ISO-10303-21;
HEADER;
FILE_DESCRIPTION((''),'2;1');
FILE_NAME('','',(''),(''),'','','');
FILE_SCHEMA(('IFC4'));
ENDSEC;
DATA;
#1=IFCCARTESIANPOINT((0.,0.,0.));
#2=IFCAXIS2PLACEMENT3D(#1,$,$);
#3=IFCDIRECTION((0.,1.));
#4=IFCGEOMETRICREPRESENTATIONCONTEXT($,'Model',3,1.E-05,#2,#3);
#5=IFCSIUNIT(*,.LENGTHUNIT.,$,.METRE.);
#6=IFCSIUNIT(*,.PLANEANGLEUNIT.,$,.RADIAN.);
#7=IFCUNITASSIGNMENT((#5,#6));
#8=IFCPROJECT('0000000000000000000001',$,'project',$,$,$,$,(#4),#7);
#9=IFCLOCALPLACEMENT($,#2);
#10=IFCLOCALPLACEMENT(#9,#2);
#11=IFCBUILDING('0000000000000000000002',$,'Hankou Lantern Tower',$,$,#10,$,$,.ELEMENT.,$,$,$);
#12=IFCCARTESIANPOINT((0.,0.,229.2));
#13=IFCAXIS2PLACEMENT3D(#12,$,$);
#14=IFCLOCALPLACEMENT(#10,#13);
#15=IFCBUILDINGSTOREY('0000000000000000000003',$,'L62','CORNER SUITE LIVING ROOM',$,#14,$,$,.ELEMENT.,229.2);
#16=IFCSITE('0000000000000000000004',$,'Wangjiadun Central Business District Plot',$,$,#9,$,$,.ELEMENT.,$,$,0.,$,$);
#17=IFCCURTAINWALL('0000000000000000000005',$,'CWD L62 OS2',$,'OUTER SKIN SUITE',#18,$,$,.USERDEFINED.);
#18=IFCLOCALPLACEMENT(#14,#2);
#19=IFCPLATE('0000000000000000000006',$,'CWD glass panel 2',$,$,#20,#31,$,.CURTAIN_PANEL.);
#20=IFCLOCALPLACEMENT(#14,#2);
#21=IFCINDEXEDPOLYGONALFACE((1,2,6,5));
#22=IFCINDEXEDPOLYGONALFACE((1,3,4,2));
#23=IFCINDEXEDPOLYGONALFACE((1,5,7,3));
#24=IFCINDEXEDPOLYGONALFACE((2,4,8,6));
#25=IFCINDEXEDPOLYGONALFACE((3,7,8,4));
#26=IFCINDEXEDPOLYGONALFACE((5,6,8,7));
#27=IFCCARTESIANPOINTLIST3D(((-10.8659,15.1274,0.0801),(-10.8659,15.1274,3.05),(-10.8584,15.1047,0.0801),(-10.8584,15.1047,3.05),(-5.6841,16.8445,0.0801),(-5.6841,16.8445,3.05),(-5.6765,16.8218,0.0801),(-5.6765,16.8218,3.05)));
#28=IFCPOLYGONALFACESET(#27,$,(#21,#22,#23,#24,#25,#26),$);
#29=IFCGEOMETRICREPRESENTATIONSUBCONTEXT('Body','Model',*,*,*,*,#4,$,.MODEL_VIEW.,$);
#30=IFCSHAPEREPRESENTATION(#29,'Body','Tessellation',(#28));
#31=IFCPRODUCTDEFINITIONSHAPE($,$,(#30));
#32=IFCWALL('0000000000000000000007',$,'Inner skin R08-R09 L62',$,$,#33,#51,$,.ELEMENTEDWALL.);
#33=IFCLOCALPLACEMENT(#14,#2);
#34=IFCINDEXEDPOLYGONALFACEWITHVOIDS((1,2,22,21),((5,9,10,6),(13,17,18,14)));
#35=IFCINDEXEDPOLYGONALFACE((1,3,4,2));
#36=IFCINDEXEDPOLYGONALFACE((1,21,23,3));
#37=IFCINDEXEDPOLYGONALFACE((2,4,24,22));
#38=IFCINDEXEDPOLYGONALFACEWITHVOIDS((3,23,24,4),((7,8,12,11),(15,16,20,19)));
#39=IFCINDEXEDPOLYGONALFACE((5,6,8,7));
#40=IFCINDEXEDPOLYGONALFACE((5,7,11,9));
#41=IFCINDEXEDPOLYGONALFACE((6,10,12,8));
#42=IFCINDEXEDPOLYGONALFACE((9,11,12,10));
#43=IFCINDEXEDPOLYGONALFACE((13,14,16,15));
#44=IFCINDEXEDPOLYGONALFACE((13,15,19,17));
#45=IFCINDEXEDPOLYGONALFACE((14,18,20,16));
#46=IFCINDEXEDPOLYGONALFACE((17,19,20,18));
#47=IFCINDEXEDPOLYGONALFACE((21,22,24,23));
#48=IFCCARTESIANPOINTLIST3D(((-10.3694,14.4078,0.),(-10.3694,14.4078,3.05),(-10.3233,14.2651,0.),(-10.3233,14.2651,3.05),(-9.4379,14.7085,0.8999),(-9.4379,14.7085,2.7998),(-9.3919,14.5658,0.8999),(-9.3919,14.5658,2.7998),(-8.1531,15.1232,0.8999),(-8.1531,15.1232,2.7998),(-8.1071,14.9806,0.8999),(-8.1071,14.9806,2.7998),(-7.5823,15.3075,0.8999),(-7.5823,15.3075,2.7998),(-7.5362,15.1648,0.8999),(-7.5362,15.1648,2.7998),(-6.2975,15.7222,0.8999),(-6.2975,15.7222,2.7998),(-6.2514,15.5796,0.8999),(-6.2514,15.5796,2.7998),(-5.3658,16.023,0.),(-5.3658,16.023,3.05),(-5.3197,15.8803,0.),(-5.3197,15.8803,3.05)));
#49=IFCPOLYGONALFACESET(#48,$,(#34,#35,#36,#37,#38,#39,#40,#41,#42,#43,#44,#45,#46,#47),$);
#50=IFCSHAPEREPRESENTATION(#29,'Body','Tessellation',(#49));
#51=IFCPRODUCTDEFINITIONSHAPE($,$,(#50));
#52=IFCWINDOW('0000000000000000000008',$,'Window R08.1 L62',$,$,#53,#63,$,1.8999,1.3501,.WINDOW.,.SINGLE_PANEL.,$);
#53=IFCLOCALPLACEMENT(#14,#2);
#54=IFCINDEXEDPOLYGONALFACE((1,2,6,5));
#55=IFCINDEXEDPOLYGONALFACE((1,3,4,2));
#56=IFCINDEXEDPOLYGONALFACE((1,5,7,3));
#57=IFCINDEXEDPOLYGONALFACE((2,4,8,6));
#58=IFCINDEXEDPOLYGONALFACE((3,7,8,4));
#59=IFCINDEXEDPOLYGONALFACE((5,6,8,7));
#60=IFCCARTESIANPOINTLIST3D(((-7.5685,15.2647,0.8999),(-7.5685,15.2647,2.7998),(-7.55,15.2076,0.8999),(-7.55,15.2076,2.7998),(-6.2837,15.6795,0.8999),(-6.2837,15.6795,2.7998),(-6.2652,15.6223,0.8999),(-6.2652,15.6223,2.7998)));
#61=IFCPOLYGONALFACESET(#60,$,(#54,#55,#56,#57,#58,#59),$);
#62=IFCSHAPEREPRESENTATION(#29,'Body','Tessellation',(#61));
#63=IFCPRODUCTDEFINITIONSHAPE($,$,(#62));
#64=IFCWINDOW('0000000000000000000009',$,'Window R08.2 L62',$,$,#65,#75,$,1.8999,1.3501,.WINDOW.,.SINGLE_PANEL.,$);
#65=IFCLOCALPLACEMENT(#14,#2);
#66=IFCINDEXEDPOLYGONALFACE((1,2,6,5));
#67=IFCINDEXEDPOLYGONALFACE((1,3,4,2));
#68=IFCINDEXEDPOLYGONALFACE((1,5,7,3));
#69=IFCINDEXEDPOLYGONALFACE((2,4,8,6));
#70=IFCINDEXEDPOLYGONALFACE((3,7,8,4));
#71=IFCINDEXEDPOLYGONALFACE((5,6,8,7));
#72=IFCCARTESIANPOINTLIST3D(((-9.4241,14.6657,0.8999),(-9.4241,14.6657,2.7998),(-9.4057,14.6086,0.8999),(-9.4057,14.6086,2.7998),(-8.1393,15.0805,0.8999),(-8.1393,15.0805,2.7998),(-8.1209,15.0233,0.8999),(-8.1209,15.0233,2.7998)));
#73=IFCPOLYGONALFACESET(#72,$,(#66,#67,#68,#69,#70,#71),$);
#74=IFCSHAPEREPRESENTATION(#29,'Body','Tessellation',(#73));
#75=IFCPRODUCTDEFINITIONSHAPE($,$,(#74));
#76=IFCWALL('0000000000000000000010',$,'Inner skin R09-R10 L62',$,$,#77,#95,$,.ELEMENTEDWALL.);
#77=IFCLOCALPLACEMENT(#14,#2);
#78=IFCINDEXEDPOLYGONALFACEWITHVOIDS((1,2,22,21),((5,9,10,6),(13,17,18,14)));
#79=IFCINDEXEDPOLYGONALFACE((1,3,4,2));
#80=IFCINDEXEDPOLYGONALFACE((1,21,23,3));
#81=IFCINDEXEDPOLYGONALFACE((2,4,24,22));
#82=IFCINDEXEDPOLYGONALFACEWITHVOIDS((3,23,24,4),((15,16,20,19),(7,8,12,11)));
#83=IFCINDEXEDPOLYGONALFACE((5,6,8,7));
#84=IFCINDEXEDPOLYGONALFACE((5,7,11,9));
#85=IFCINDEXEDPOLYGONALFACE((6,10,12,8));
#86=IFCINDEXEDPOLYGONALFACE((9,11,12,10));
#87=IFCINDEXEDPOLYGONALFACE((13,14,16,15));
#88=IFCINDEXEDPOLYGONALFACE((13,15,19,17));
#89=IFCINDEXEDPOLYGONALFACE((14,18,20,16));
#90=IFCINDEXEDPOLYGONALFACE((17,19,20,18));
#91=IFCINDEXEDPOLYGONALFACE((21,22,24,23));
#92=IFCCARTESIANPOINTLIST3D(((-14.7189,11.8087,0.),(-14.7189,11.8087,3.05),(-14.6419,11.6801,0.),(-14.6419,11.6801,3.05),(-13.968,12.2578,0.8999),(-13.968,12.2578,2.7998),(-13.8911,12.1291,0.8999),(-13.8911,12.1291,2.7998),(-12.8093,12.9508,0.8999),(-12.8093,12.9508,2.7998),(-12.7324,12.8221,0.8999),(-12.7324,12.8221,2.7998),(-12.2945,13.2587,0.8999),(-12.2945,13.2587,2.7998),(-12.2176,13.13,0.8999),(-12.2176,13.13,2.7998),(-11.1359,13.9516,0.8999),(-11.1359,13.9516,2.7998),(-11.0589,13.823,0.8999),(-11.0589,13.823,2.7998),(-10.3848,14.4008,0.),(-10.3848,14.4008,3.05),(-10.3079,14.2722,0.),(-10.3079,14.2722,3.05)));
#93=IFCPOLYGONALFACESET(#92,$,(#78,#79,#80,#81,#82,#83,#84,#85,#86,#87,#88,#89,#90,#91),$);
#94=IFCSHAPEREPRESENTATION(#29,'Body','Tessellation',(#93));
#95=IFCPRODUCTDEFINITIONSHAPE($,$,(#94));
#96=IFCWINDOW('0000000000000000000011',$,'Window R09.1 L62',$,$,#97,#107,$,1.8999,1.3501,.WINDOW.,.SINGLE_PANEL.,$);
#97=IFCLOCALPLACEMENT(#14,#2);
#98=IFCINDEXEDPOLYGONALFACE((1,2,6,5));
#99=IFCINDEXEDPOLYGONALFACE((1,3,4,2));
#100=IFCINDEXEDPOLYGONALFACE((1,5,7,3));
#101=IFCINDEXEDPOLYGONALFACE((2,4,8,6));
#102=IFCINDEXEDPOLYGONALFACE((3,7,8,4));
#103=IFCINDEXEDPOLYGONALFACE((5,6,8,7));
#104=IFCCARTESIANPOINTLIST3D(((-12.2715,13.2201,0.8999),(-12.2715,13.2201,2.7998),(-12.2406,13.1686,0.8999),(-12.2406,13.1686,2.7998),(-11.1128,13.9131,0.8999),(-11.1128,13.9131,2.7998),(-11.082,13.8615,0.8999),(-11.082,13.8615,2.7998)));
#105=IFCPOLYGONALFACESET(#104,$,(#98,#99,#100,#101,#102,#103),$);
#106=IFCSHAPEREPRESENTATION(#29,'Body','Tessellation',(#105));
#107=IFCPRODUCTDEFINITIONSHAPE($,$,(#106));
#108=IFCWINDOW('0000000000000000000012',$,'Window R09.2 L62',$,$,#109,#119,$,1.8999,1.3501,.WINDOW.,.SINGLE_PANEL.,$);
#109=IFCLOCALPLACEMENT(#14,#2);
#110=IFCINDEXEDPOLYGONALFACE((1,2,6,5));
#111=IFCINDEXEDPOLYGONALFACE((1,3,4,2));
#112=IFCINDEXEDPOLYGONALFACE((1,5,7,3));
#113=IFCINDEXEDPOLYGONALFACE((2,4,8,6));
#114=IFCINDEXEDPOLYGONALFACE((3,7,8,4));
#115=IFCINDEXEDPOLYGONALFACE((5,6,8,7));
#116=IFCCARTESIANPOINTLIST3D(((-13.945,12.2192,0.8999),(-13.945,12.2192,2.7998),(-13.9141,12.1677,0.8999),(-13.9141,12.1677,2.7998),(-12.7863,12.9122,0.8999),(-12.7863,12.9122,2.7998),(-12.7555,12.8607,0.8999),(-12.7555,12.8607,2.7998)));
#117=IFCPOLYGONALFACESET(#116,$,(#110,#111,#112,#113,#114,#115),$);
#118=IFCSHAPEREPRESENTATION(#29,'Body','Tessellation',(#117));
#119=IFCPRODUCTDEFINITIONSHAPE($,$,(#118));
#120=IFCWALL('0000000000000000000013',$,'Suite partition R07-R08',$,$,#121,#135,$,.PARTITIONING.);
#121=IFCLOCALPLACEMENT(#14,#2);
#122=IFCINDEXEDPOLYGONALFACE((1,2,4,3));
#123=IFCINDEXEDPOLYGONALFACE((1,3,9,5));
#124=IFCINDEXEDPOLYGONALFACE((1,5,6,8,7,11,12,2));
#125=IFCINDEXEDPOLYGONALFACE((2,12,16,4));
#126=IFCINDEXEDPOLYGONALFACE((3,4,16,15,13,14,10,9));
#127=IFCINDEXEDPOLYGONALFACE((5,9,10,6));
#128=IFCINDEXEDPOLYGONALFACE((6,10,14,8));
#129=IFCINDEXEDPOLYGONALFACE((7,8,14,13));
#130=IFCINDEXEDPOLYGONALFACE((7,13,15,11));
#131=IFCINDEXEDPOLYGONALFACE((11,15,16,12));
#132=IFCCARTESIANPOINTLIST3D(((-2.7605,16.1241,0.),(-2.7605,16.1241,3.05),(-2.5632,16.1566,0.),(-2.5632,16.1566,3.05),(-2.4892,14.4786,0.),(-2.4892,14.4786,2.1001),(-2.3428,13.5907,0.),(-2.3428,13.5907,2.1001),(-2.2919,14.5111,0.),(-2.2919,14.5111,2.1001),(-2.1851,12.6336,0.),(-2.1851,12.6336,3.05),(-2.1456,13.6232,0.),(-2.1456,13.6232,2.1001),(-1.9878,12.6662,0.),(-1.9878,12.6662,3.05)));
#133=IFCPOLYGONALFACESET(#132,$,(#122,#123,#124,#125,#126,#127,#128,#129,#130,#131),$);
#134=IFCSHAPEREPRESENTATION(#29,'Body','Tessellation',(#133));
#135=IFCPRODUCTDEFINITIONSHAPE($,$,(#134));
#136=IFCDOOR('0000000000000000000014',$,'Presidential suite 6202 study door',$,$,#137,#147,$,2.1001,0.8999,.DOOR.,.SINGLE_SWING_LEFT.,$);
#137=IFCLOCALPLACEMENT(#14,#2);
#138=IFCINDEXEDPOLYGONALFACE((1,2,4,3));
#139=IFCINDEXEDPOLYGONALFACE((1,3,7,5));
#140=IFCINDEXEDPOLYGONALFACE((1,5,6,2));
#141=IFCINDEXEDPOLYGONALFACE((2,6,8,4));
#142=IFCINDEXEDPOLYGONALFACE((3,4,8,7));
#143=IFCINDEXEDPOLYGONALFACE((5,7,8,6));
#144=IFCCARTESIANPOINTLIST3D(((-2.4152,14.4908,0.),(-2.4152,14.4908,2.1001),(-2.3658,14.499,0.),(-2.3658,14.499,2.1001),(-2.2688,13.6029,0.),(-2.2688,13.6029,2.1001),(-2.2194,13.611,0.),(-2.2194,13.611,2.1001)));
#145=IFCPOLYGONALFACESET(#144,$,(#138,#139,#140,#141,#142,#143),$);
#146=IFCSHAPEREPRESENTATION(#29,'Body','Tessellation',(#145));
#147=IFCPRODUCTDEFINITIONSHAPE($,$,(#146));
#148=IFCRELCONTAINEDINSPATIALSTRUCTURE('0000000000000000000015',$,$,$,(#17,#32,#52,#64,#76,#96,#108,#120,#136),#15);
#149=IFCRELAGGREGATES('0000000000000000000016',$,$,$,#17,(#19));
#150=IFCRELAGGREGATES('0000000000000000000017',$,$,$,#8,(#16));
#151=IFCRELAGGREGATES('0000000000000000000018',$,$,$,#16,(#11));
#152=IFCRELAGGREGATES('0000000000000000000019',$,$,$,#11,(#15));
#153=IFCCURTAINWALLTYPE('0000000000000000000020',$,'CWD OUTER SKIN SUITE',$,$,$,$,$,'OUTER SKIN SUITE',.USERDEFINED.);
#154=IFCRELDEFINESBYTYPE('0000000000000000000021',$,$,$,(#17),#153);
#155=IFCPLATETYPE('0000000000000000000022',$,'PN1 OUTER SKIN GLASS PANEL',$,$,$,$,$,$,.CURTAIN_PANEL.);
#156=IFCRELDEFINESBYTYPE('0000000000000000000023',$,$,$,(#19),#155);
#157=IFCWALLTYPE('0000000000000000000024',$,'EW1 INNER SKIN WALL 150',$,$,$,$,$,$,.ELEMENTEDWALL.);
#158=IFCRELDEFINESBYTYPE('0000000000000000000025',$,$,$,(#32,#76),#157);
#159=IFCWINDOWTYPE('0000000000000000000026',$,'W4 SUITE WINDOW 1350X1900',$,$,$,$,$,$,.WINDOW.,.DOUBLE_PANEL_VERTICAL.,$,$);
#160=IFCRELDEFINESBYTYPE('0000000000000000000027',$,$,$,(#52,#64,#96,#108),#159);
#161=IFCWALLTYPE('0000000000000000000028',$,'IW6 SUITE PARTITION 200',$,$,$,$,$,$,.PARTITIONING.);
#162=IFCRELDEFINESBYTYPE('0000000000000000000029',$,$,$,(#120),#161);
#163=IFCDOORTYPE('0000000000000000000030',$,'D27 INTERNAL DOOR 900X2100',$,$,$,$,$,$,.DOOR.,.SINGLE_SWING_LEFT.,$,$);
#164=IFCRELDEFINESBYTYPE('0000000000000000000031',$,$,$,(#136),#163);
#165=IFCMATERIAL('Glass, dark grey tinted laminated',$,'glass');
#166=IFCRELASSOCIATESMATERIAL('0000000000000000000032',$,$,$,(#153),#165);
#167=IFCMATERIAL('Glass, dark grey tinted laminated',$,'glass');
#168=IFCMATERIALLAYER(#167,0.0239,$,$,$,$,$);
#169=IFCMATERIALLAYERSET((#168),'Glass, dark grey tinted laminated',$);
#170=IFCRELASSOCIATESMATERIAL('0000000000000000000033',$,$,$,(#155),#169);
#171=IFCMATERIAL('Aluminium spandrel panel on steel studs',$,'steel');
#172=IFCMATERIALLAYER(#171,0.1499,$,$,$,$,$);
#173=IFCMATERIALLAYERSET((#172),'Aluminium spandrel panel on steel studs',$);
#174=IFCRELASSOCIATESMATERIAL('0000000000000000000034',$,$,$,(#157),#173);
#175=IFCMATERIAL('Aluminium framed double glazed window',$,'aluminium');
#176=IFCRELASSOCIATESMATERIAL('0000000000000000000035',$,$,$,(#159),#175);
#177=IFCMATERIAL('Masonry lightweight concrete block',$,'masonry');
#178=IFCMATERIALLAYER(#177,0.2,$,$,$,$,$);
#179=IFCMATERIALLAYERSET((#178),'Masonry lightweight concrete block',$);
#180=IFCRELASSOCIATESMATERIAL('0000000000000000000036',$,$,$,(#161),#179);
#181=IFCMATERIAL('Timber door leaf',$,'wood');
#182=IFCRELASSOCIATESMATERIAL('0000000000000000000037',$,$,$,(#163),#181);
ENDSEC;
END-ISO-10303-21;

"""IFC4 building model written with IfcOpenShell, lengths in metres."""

from ifc_helpers import new_model, si_unit, direction, frame, frame_2d, origin, origin_2d, place, context, subcontext, project, spatial, rectangle, extrude, material, layer, layer_set, type_object, element, fill, aggregate, save


model = new_model("IFC4")

# Units and contexts
model_context = context("Model", 3, precision=1e-05, world=origin(), true_north=direction((0.0, 1.0)))
body_context = subcontext(model_context, "Body", "Model", "MODEL_VIEW")
ifc_project = project(units=[si_unit("LENGTHUNIT", "METRE"), si_unit("PLANEANGLEUNIT", "RADIAN")], contexts=[model_context])

# Site, building, storey
site_placement = place(None, origin())
site = spatial("IfcSite", under=ifc_project, at=site_placement, Name="Wangjiadun Central Business District Plot", CompositionType="ELEMENT", RefElevation=0.0)
building_placement = place(site_placement, origin())
building = spatial("IfcBuilding", under=site, at=building_placement, Name="Hankou Lantern Tower", CompositionType="ELEMENT")
storey_placement = place(building_placement, frame((0.0, 0.0, 229.2)))
storey = spatial("IfcBuildingStorey", under=building, at=storey_placement, Name="L62", Description="CORNER SUITE LIVING ROOM", CompositionType="ELEMENT", Elevation=229.2)

# Curtain wall
ifc_material_1 = material(Name="Glass, dark grey tinted laminated", Category="glass")
curtain_wall_type = type_object("IfcCurtainWallType", Name="CWD OUTER SKIN SUITE", ElementType="OUTER SKIN SUITE", PredefinedType="USERDEFINED", material=ifc_material_1)
curtain_wall_placement = place(storey_placement, origin())
curtain_wall = element("IfcCurtainWall", 1, at=curtain_wall_placement, inside=storey, type_object=curtain_wall_type, Name="CWD L62 OS2", ObjectType="OUTER SKIN SUITE", PredefinedType="USERDEFINED")

# Plate
ifc_material_2 = material(Name="Glass, dark grey tinted laminated", Category="glass")
ifc_layer_1 = layer(ifc_material_2, 0.0239)
ifc_layer_set_1 = layer_set([ifc_layer_1], Name="Glass, dark grey tinted laminated")
plate_type = type_object("IfcPlateType", Name="PN1 OUTER SKIN GLASS PANEL", PredefinedType="CURTAIN_PANEL", material=ifc_layer_set_1)
plate_1_placement = place(storey_placement, frame((-8.2712, 15.9746, 0.0801), z_axis=(0.0, 0.0, 1.0), x_axis=(-0.949241, -0.314551, 0.0)))
plate_1 = element("IfcPlate", 2, at=plate_1_placement, type_object=plate_type, Name="CWD glass panel 2", PredefinedType="CURTAIN_PANEL", context=body_context, shape_type="SweptSolid", body=[
    extrude(rectangle(XDim=5.459, YDim=0.0239, at=origin_2d()), origin(), (0.0, 0.0, 1.0), 2.97),
])
aggregate(curtain_wall, [plate_1])

# Walls, openings, windows
ifc_material_3 = material(Name="Aluminium spandrel panel on steel studs", Category="steel")
ifc_layer_2 = layer(ifc_material_3, 0.1499)
ifc_layer_set_2 = layer_set([ifc_layer_2], Name="Aluminium spandrel panel on steel studs")
wall_type_1 = type_object("IfcWallType", Name="EW1 INNER SKIN WALL 150", PredefinedType="ELEMENTEDWALL", material=ifc_layer_set_2)
wall_1_placement = place(storey_placement, frame((-5.3428, 15.9517, 0.0), z_axis=(0.0, 0.0, 1.0), x_axis=(-0.951645, -0.307201, 0.0)))
wall_1 = element("IfcWall", 3, at=wall_1_placement, inside=storey, type_object=wall_type_1, Name="Inner skin R08-R09 L62", PredefinedType="ELEMENTEDWALL", context=body_context, shape_type="SweptSolid", body=[
    extrude(rectangle(XDim=5.2578, YDim=0.1499, at=frame_2d((2.6289, 0.0))), origin(), (0.0, 0.0, 1.0), 3.05),
])
opening_1_placement = place(wall_1_placement, frame((0.979, 0.0, 0.8999)))
opening_1 = element("IfcOpeningElement", 4, at=opening_1_placement, cuts=wall_1, PredefinedType="OPENING", context=body_context, shape_type="SweptSolid", body=[
    extrude(rectangle(XDim=1.3501, YDim=1.8999, at=frame_2d((0.675, 0.95))), frame((0.0, 0.085, 0.0), z_axis=(0.0, -1.0, 0.0), x_axis=(1.0, 0.0, 0.0)), (0.0, 0.0, 1.0), 0.1699),
])
opening_2_placement = place(wall_1_placement, frame((2.929, 0.0, 0.8999)))
opening_2 = element("IfcOpeningElement", 5, at=opening_2_placement, cuts=wall_1, PredefinedType="OPENING", context=body_context, shape_type="SweptSolid", body=[
    extrude(rectangle(XDim=1.3501, YDim=1.8999, at=frame_2d((0.675, 0.95))), frame((0.0, 0.085, 0.0), z_axis=(0.0, -1.0, 0.0), x_axis=(1.0, 0.0, 0.0)), (0.0, 0.0, 1.0), 0.1699),
])
ifc_material_4 = material(Name="Aluminium framed double glazed window", Category="aluminium")
window_type = type_object("IfcWindowType", Name="W4 SUITE WINDOW 1350X1900", PartitioningType="DOUBLE_PANEL_VERTICAL", PredefinedType="WINDOW", material=ifc_material_4)
window_1_placement = place(opening_1_placement, origin())
window_1 = element("IfcWindow", 6, at=window_1_placement, inside=storey, type_object=window_type, Name="Window R08.1 L62", OverallHeight=1.8999, OverallWidth=1.3501, PartitioningType="SINGLE_PANEL", PredefinedType="WINDOW", context=body_context, shape_type="SweptSolid", body=[
    extrude(rectangle(XDim=1.3501, YDim=1.8999, at=frame_2d((0.675, 0.95))), frame((0.0, 0.03, 0.0), z_axis=(0.0, -1.0, 0.0), x_axis=(1.0, 0.0, 0.0)), (0.0, 0.0, 1.0), 0.0601),
])
fill(opening_1, window_1)
window_2_placement = place(opening_2_placement, origin())
window_2 = element("IfcWindow", 7, at=window_2_placement, inside=storey, type_object=window_type, Name="Window R08.2 L62", OverallHeight=1.8999, OverallWidth=1.3501, PartitioningType="SINGLE_PANEL", PredefinedType="WINDOW", context=body_context, shape_type="SweptSolid", body=[
    extrude(rectangle(XDim=1.3501, YDim=1.8999, at=frame_2d((0.675, 0.95))), frame((0.0, 0.03, 0.0), z_axis=(0.0, -1.0, 0.0), x_axis=(1.0, 0.0, 0.0)), (0.0, 0.0, 1.0), 0.0601),
])
fill(opening_2, window_2)
wall_2_placement = place(storey_placement, frame((-10.3464, 14.3364, 0.0), z_axis=(0.0, 0.0, 1.0), x_axis=(-0.858222, -0.51328, 0.0)))
wall_2 = element("IfcWall", 8, at=wall_2_placement, inside=storey, type_object=wall_type_1, Name="Inner skin R09-R10 L62", PredefinedType="ELEMENTEDWALL", context=body_context, shape_type="SweptSolid", body=[
    extrude(rectangle(XDim=5.05, YDim=0.1499, at=frame_2d((2.5249, 0.0))), origin(), (0.0, 0.0, 1.0), 3.05),
])
opening_3_placement = place(wall_2_placement, frame((0.875, 0.0, 0.8999)))
opening_3 = element("IfcOpeningElement", 9, at=opening_3_placement, cuts=wall_2, PredefinedType="OPENING", context=body_context, shape_type="SweptSolid", body=[
    extrude(rectangle(XDim=1.3501, YDim=1.8999, at=frame_2d((0.675, 0.95))), frame((0.0, 0.085, 0.0), z_axis=(0.0, -1.0, 0.0), x_axis=(1.0, 0.0, 0.0)), (0.0, 0.0, 1.0), 0.1699),
])
opening_4_placement = place(wall_2_placement, frame((2.825, 0.0, 0.8999)))
opening_4 = element("IfcOpeningElement", 10, at=opening_4_placement, cuts=wall_2, PredefinedType="OPENING", context=body_context, shape_type="SweptSolid", body=[
    extrude(rectangle(XDim=1.3501, YDim=1.8999, at=frame_2d((0.675, 0.95))), frame((0.0, 0.085, 0.0), z_axis=(0.0, -1.0, 0.0), x_axis=(1.0, 0.0, 0.0)), (0.0, 0.0, 1.0), 0.1699),
])
window_3_placement = place(opening_3_placement, origin())
window_3 = element("IfcWindow", 11, at=window_3_placement, inside=storey, type_object=window_type, Name="Window R09.1 L62", OverallHeight=1.8999, OverallWidth=1.3501, PartitioningType="SINGLE_PANEL", PredefinedType="WINDOW", context=body_context, shape_type="SweptSolid", body=[
    extrude(rectangle(XDim=1.3501, YDim=1.8999, at=frame_2d((0.675, 0.95))), frame((0.0, 0.03, 0.0), z_axis=(0.0, -1.0, 0.0), x_axis=(1.0, 0.0, 0.0)), (0.0, 0.0, 1.0), 0.0601),
])
fill(opening_3, window_3)
window_4_placement = place(opening_4_placement, origin())
window_4 = element("IfcWindow", 12, at=window_4_placement, inside=storey, type_object=window_type, Name="Window R09.2 L62", OverallHeight=1.8999, OverallWidth=1.3501, PartitioningType="SINGLE_PANEL", PredefinedType="WINDOW", context=body_context, shape_type="SweptSolid", body=[
    extrude(rectangle(XDim=1.3501, YDim=1.8999, at=frame_2d((0.675, 0.95))), frame((0.0, 0.03, 0.0), z_axis=(0.0, -1.0, 0.0), x_axis=(1.0, 0.0, 0.0)), (0.0, 0.0, 1.0), 0.0601),
])
fill(opening_4, window_4)

# Wall, opening, door
ifc_material_5 = material(Name="Masonry lightweight concrete block", Category="masonry")
ifc_layer_3 = layer(ifc_material_5, 0.2)
ifc_layer_set_3 = layer_set([ifc_layer_3], Name="Masonry lightweight concrete block")
wall_type_2 = type_object("IfcWallType", Name="IW6 SUITE PARTITION 200", PredefinedType="PARTITIONING", material=ifc_layer_set_3)
wall_3_placement = place(storey_placement, frame((-2.0864, 12.6499, 0.0), z_axis=(0.0, 0.0, 1.0), x_axis=(-0.162664, 0.986682, 0.0)))
wall_3 = element("IfcWall", 13, at=wall_3_placement, inside=storey, type_object=wall_type_2, Name="Suite partition R07-R08", PredefinedType="PARTITIONING", context=body_context, shape_type="SweptSolid", body=[
    extrude(rectangle(XDim=3.5376, YDim=0.2, at=frame_2d((1.7688, 0.0))), origin(), (0.0, 0.0, 1.0), 3.05),
])
opening_5_placement = place(wall_3_placement, frame((0.97, 0.0, 0.0)))
opening_5 = element("IfcOpeningElement", 14, at=opening_5_placement, cuts=wall_3, PredefinedType="OPENING", context=body_context, shape_type="SweptSolid", body=[
    extrude(rectangle(XDim=0.8999, YDim=2.1001, at=frame_2d((0.45, 1.05))), frame((0.0, 0.1099, 0.0), z_axis=(0.0, -1.0, 0.0), x_axis=(1.0, 0.0, 0.0)), (0.0, 0.0, 1.0), 0.22),
])
ifc_material_6 = material(Name="Timber door leaf", Category="wood")
door_type = type_object("IfcDoorType", Name="D27 INTERNAL DOOR 900X2100", OperationType="SINGLE_SWING_LEFT", PredefinedType="DOOR", material=ifc_material_6)
door_1_placement = place(opening_5_placement, origin())
door_1 = element("IfcDoor", 15, at=door_1_placement, inside=storey, type_object=door_type, Name="Presidential suite 6202 study door", OperationType="SINGLE_SWING_LEFT", OverallHeight=2.1001, OverallWidth=0.8999, PredefinedType="DOOR", context=body_context, shape_type="SweptSolid", body=[
    extrude(rectangle(XDim=0.8999, YDim=2.1001, at=frame_2d((0.45, 1.05))), frame((0.0, 0.0249, 0.0), z_axis=(0.0, -1.0, 0.0), x_axis=(1.0, 0.0, 0.0)), (0.0, 0.0, 1.0), 0.05),
])
fill(opening_5, door_1)

save(model, "model.ifc")
